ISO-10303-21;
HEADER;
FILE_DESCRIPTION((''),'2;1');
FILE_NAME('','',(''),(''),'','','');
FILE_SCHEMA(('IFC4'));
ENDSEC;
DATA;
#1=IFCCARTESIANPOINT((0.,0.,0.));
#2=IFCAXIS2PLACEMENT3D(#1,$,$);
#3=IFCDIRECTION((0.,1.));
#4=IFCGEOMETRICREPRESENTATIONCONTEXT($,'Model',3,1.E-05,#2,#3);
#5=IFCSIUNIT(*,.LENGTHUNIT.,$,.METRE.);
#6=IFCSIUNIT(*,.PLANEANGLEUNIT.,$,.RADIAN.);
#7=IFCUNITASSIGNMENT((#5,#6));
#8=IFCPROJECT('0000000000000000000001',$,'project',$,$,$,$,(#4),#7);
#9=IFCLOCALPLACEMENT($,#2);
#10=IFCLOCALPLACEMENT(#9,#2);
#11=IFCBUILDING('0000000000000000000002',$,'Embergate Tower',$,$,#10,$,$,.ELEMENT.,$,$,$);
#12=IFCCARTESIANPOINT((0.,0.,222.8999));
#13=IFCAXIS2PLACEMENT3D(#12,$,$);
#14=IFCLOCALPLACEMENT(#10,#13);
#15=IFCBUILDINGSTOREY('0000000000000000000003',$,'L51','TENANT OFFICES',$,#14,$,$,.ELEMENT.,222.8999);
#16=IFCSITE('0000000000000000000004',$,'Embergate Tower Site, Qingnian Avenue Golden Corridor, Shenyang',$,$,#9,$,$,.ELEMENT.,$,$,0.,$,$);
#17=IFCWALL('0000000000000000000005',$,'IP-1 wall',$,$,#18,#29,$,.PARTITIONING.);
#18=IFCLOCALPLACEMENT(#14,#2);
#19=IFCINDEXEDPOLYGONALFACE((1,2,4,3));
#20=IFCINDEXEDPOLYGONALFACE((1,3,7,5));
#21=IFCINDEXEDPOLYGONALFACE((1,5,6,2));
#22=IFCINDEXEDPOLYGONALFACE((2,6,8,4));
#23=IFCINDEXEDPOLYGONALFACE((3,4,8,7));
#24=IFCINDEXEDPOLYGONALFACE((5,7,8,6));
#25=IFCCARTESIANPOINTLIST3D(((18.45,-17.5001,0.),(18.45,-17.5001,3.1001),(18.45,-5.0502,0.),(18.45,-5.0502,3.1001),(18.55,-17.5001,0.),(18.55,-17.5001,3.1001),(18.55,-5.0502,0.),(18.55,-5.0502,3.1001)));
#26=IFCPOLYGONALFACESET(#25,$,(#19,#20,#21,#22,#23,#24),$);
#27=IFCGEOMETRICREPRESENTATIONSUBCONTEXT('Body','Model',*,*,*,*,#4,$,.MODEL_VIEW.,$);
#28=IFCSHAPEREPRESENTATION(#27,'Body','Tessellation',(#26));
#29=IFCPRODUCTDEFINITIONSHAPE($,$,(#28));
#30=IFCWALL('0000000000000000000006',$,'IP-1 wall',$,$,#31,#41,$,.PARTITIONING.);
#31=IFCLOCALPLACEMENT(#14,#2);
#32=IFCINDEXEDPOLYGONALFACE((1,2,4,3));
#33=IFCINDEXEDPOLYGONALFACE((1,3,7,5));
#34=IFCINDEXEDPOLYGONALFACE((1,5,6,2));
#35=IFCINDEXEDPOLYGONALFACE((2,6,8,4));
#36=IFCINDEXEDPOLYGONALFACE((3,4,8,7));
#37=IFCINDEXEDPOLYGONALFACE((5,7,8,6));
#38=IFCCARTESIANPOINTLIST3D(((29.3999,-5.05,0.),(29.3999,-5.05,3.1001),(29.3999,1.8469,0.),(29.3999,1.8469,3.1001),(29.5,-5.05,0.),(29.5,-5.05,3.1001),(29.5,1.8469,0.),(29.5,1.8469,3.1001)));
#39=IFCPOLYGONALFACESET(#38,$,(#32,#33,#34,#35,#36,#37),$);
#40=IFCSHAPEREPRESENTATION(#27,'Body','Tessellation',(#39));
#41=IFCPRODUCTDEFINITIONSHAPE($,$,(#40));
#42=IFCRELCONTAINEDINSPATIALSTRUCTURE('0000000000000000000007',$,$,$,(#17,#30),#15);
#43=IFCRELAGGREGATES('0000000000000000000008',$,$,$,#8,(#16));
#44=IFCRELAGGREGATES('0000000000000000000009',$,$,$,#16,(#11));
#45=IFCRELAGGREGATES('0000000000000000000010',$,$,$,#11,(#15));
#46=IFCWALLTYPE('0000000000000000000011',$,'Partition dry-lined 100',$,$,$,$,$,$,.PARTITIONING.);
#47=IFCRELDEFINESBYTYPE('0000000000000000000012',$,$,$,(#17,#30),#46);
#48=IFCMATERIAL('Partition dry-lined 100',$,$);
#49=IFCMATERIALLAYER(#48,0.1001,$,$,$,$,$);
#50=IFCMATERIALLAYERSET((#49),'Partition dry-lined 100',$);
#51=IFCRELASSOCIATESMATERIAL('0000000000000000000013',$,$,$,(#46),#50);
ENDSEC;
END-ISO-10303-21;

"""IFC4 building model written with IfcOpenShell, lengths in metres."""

from ifc_helpers import new_model, si_unit, direction, frame, frame_2d, origin, place, context, subcontext, project, spatial, rectangle, extrude, source, transform, mapped, material, layer, layer_set, type_object, element, save


model = new_model("IFC4")

# Units and contexts
model_context = context("Model", 3, precision=1e-05, world=origin(), true_north=direction((0.0, 1.0)))
body_context = subcontext(model_context, "Body", "Model", "MODEL_VIEW")
ifc_project = project(units=[si_unit("LENGTHUNIT", "METRE"), si_unit("PLANEANGLEUNIT", "RADIAN")], contexts=[model_context])

# Site, building, storey
site_placement = place(None, origin())
site = spatial("IfcSite", under=ifc_project, at=site_placement, Name="Embergate Tower Site, Qingnian Avenue Golden Corridor, Shenyang", CompositionType="ELEMENT", RefElevation=0.0)
building_placement = place(site_placement, origin())
building = spatial("IfcBuilding", under=site, at=building_placement, Name="Embergate Tower", CompositionType="ELEMENT")
storey_placement = place(building_placement, frame((0.0, 0.0, 222.8999)))
storey = spatial("IfcBuildingStorey", under=building, at=storey_placement, Name="L51", Description="TENANT OFFICES", CompositionType="ELEMENT", Elevation=222.8999)

# Walls
ifc_material_1 = material(Name="Partition dry-lined 100")
ifc_layer_1 = layer(ifc_material_1, 0.1001)
ifc_layer_set_1 = layer_set([ifc_layer_1], Name="Partition dry-lined 100")
wall_type_1 = type_object("IfcWallType", Name="Partition dry-lined 100", PredefinedType="PARTITIONING", material=ifc_layer_set_1)
shared_shape_1 = source(origin(), body_context, "Body", "SweptSolid", [
    extrude(rectangle(XDim=12.45, YDim=0.1001, at=frame_2d((6.2251, 0.0))), origin(), (0.0, 0.0, 1.0), 3.1001),
])
wall_1_placement = place(storey_placement, frame((18.5, -5.05, 0.0), z_axis=(0.0, 0.0, 1.0), x_axis=(0.0, -1.0, 0.0)))
element("IfcWall", 1, at=wall_1_placement, inside=storey, type_object=wall_type_1, Name="IP-1 wall", PredefinedType="PARTITIONING", context=body_context, shape_type="MappedRepresentation", body=[
    mapped(shared_shape_1, transform((0.0, 0.0, 0.0))),
])
shared_shape_2 = source(origin(), body_context, "Body", "SweptSolid", [
    extrude(rectangle(XDim=6.897, YDim=0.1001, at=frame_2d((3.4485, 0.0))), origin(), (0.0, 0.0, 1.0), 3.1001),
])
wall_2_placement = place(storey_placement, frame((29.45, -5.05, 0.0), z_axis=(0.0, 0.0, 1.0), x_axis=(0.0, 1.0, 0.0)))
element("IfcWall", 2, at=wall_2_placement, inside=storey, type_object=wall_type_1, Name="IP-1 wall", PredefinedType="PARTITIONING", context=body_context, shape_type="MappedRepresentation", body=[
    mapped(shared_shape_2, transform((0.0, 0.0, 0.0))),
])

save(model, "model.ifc")
